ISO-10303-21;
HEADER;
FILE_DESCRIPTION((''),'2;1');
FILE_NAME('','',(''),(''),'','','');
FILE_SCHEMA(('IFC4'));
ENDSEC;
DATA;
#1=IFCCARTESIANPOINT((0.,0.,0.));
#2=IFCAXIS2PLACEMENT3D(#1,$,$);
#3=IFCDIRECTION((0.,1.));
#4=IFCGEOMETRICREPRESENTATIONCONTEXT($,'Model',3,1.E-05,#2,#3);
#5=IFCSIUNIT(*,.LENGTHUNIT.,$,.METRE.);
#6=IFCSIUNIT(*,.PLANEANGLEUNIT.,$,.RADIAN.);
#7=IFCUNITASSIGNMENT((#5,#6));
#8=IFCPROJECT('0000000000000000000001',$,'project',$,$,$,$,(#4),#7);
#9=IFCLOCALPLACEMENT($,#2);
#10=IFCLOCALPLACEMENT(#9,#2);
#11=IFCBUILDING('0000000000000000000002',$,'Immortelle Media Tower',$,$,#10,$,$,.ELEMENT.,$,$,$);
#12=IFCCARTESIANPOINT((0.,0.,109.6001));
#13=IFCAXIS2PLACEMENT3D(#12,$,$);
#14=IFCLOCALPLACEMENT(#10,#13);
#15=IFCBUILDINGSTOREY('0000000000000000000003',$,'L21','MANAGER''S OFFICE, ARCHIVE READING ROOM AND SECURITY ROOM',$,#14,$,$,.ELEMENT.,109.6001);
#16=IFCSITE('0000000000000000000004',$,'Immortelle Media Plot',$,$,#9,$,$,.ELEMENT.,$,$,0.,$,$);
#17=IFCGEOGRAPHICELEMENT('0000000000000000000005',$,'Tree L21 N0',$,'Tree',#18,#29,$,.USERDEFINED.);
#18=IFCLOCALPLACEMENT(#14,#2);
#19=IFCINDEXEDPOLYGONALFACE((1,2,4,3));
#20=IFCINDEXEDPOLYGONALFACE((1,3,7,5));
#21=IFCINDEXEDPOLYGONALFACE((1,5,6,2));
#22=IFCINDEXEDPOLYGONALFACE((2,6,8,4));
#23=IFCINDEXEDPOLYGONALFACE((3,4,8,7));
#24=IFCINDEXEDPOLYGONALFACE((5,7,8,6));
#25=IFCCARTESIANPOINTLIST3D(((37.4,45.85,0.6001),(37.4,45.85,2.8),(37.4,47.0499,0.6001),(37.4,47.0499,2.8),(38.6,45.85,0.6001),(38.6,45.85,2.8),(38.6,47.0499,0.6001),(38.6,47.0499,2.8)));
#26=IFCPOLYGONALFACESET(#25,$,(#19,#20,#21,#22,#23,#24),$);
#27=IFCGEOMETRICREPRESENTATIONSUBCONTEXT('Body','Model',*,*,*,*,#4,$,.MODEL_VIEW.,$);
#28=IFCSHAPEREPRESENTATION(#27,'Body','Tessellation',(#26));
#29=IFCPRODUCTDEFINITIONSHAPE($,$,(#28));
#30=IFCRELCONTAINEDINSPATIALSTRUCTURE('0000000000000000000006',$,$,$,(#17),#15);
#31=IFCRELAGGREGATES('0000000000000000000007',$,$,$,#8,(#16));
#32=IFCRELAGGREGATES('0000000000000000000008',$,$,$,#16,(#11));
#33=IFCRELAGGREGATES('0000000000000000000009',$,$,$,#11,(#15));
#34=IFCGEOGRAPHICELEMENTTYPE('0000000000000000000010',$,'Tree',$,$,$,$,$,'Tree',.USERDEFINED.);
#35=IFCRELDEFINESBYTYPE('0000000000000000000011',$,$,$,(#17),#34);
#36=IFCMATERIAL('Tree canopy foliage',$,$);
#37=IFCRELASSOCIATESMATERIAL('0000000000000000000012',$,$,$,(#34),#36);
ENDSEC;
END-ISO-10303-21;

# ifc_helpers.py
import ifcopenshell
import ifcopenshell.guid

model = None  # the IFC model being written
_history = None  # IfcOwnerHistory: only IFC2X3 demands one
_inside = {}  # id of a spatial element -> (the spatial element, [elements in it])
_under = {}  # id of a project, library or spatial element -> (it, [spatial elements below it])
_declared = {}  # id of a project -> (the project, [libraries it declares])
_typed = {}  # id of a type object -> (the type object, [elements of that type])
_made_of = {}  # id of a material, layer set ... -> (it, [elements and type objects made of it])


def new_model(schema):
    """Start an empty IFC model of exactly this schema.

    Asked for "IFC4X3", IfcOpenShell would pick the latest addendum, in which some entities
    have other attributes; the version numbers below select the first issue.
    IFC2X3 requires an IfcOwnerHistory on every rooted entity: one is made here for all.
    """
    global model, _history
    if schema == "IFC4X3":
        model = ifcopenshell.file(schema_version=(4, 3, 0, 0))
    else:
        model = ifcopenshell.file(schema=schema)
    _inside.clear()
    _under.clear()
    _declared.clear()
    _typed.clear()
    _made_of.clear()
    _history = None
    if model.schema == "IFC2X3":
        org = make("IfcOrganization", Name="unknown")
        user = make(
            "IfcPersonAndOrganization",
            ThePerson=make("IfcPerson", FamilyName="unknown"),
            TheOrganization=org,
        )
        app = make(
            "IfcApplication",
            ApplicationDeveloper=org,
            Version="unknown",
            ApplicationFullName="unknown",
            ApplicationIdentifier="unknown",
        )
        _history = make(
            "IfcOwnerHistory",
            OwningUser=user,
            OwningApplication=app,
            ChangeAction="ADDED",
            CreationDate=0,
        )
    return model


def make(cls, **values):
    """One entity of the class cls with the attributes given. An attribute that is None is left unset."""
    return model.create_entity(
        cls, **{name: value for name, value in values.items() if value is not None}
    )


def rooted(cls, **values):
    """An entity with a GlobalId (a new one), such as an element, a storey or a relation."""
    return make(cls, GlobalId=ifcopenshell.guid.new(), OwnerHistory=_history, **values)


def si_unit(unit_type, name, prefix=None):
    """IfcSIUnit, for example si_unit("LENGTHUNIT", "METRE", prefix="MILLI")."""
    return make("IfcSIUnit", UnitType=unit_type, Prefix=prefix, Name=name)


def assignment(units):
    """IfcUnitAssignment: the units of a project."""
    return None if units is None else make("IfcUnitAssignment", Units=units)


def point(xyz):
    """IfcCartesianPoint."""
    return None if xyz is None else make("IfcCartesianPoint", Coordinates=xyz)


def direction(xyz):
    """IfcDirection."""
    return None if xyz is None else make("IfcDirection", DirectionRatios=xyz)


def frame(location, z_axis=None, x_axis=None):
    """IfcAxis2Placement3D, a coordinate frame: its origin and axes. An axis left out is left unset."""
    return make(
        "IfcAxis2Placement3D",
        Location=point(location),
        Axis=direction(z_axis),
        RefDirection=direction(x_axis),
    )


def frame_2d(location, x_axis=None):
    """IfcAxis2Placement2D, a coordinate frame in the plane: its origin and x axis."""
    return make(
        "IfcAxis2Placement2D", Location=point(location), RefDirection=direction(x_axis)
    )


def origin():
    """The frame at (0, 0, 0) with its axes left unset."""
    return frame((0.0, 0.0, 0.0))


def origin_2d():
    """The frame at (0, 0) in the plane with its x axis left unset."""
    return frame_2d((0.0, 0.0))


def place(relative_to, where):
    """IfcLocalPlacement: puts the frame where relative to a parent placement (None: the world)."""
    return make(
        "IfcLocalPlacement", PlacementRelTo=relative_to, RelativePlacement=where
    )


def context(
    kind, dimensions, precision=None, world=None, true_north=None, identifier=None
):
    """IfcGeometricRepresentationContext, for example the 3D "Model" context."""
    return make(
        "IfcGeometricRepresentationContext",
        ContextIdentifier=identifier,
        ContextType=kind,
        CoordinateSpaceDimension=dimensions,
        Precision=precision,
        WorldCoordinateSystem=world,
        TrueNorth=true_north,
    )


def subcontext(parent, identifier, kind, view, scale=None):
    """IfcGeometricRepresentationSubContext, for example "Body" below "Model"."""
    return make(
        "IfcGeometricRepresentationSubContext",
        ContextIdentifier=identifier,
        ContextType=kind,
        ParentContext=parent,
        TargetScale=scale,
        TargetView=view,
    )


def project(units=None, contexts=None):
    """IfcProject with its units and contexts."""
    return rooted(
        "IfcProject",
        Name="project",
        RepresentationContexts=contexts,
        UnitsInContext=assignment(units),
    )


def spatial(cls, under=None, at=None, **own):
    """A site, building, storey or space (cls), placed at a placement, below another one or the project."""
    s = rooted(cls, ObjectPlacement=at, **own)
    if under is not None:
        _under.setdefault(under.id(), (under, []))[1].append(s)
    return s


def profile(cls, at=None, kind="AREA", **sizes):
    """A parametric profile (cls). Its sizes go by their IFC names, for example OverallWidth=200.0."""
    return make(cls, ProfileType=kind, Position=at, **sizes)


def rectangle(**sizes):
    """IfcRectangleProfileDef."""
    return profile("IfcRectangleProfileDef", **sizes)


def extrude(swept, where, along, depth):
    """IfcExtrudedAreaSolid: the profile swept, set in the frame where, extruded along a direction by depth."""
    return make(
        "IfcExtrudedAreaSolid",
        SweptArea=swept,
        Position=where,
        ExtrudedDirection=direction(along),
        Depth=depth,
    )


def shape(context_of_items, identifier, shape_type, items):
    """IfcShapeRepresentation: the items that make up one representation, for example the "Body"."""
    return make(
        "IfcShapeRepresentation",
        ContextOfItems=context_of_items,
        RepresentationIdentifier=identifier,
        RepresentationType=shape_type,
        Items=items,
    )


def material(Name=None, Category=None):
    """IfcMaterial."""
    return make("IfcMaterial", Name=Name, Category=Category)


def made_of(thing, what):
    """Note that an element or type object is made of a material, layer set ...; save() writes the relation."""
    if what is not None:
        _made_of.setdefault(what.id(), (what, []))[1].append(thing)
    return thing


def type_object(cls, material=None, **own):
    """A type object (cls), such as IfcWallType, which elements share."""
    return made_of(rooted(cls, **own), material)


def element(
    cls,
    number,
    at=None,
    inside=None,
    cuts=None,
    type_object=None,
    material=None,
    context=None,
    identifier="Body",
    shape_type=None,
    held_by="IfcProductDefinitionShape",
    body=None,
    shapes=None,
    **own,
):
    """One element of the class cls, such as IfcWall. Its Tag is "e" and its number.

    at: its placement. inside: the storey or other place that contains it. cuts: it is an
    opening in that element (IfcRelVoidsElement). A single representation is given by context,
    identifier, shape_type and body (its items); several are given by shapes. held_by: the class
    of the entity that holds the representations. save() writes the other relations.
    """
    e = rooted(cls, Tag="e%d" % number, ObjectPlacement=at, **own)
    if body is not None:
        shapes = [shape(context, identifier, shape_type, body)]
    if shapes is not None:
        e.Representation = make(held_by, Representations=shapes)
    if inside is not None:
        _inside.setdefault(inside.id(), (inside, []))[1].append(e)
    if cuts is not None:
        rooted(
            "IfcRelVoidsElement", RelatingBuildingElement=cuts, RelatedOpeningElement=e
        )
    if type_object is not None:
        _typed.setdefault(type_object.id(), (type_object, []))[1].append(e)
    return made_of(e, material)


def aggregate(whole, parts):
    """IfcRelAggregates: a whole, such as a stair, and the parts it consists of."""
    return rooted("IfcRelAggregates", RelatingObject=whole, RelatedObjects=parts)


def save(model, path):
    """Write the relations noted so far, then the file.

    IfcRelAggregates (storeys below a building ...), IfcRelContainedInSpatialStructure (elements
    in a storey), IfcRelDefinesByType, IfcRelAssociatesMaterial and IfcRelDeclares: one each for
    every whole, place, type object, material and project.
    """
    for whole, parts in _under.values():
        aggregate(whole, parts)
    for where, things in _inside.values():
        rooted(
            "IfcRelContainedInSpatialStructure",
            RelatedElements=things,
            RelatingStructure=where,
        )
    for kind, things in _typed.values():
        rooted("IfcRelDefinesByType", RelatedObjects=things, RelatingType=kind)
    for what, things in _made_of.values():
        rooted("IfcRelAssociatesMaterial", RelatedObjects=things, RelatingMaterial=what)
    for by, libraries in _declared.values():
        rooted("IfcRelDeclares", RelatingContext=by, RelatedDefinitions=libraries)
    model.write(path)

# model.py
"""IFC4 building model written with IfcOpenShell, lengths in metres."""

from ifc_helpers import new_model, si_unit, direction, frame, origin, origin_2d, place, context, subcontext, project, spatial, rectangle, extrude, material, type_object, element, save


model = new_model("IFC4")

# Units and contexts
model_context = context("Model", 3, precision=1e-05, world=origin(), true_north=direction((0.0, 1.0)))
body_context = subcontext(model_context, "Body", "Model", "MODEL_VIEW")
ifc_project = project(units=[si_unit("LENGTHUNIT", "METRE"), si_unit("PLANEANGLEUNIT", "RADIAN")], contexts=[model_context])

# Site, building, storey
site_placement = place(None, origin())
site = spatial("IfcSite", under=ifc_project, at=site_placement, Name="Immortelle Media Plot", CompositionType="ELEMENT", RefElevation=0.0)
building_placement = place(site_placement, origin())
building = spatial("IfcBuilding", under=site, at=building_placement, Name="Immortelle Media Tower", CompositionType="ELEMENT")
storey_placement = place(building_placement, frame((0.0, 0.0, 109.6001)))
storey = spatial("IfcBuildingStorey", under=building, at=storey_placement, Name="L21", Description="MANAGER'S OFFICE, ARCHIVE READING ROOM AND SECURITY ROOM", CompositionType="ELEMENT", Elevation=109.6001)

# Geographic element
ifc_material_1 = material(Name="Tree canopy foliage")
geographic_element_type = type_object("IfcGeographicElementType", Name="Tree", ElementType="Tree", PredefinedType="USERDEFINED", material=ifc_material_1)
geographic_element_placement = place(storey_placement, frame((38.0, 46.45, 0.6001), z_axis=(0.0, 0.0, 1.0), x_axis=(1.0, 0.0, 0.0)))
element("IfcGeographicElement", 1, at=geographic_element_placement, inside=storey, type_object=geographic_element_type, Name="Tree L21 N0", ObjectType="Tree", PredefinedType="USERDEFINED", context=body_context, shape_type="SweptSolid", body=[
    extrude(rectangle(XDim=1.2, YDim=1.2, at=origin_2d()), origin(), (0.0, 0.0, 1.0), 2.2),
])

save(model, "model.ifc")
